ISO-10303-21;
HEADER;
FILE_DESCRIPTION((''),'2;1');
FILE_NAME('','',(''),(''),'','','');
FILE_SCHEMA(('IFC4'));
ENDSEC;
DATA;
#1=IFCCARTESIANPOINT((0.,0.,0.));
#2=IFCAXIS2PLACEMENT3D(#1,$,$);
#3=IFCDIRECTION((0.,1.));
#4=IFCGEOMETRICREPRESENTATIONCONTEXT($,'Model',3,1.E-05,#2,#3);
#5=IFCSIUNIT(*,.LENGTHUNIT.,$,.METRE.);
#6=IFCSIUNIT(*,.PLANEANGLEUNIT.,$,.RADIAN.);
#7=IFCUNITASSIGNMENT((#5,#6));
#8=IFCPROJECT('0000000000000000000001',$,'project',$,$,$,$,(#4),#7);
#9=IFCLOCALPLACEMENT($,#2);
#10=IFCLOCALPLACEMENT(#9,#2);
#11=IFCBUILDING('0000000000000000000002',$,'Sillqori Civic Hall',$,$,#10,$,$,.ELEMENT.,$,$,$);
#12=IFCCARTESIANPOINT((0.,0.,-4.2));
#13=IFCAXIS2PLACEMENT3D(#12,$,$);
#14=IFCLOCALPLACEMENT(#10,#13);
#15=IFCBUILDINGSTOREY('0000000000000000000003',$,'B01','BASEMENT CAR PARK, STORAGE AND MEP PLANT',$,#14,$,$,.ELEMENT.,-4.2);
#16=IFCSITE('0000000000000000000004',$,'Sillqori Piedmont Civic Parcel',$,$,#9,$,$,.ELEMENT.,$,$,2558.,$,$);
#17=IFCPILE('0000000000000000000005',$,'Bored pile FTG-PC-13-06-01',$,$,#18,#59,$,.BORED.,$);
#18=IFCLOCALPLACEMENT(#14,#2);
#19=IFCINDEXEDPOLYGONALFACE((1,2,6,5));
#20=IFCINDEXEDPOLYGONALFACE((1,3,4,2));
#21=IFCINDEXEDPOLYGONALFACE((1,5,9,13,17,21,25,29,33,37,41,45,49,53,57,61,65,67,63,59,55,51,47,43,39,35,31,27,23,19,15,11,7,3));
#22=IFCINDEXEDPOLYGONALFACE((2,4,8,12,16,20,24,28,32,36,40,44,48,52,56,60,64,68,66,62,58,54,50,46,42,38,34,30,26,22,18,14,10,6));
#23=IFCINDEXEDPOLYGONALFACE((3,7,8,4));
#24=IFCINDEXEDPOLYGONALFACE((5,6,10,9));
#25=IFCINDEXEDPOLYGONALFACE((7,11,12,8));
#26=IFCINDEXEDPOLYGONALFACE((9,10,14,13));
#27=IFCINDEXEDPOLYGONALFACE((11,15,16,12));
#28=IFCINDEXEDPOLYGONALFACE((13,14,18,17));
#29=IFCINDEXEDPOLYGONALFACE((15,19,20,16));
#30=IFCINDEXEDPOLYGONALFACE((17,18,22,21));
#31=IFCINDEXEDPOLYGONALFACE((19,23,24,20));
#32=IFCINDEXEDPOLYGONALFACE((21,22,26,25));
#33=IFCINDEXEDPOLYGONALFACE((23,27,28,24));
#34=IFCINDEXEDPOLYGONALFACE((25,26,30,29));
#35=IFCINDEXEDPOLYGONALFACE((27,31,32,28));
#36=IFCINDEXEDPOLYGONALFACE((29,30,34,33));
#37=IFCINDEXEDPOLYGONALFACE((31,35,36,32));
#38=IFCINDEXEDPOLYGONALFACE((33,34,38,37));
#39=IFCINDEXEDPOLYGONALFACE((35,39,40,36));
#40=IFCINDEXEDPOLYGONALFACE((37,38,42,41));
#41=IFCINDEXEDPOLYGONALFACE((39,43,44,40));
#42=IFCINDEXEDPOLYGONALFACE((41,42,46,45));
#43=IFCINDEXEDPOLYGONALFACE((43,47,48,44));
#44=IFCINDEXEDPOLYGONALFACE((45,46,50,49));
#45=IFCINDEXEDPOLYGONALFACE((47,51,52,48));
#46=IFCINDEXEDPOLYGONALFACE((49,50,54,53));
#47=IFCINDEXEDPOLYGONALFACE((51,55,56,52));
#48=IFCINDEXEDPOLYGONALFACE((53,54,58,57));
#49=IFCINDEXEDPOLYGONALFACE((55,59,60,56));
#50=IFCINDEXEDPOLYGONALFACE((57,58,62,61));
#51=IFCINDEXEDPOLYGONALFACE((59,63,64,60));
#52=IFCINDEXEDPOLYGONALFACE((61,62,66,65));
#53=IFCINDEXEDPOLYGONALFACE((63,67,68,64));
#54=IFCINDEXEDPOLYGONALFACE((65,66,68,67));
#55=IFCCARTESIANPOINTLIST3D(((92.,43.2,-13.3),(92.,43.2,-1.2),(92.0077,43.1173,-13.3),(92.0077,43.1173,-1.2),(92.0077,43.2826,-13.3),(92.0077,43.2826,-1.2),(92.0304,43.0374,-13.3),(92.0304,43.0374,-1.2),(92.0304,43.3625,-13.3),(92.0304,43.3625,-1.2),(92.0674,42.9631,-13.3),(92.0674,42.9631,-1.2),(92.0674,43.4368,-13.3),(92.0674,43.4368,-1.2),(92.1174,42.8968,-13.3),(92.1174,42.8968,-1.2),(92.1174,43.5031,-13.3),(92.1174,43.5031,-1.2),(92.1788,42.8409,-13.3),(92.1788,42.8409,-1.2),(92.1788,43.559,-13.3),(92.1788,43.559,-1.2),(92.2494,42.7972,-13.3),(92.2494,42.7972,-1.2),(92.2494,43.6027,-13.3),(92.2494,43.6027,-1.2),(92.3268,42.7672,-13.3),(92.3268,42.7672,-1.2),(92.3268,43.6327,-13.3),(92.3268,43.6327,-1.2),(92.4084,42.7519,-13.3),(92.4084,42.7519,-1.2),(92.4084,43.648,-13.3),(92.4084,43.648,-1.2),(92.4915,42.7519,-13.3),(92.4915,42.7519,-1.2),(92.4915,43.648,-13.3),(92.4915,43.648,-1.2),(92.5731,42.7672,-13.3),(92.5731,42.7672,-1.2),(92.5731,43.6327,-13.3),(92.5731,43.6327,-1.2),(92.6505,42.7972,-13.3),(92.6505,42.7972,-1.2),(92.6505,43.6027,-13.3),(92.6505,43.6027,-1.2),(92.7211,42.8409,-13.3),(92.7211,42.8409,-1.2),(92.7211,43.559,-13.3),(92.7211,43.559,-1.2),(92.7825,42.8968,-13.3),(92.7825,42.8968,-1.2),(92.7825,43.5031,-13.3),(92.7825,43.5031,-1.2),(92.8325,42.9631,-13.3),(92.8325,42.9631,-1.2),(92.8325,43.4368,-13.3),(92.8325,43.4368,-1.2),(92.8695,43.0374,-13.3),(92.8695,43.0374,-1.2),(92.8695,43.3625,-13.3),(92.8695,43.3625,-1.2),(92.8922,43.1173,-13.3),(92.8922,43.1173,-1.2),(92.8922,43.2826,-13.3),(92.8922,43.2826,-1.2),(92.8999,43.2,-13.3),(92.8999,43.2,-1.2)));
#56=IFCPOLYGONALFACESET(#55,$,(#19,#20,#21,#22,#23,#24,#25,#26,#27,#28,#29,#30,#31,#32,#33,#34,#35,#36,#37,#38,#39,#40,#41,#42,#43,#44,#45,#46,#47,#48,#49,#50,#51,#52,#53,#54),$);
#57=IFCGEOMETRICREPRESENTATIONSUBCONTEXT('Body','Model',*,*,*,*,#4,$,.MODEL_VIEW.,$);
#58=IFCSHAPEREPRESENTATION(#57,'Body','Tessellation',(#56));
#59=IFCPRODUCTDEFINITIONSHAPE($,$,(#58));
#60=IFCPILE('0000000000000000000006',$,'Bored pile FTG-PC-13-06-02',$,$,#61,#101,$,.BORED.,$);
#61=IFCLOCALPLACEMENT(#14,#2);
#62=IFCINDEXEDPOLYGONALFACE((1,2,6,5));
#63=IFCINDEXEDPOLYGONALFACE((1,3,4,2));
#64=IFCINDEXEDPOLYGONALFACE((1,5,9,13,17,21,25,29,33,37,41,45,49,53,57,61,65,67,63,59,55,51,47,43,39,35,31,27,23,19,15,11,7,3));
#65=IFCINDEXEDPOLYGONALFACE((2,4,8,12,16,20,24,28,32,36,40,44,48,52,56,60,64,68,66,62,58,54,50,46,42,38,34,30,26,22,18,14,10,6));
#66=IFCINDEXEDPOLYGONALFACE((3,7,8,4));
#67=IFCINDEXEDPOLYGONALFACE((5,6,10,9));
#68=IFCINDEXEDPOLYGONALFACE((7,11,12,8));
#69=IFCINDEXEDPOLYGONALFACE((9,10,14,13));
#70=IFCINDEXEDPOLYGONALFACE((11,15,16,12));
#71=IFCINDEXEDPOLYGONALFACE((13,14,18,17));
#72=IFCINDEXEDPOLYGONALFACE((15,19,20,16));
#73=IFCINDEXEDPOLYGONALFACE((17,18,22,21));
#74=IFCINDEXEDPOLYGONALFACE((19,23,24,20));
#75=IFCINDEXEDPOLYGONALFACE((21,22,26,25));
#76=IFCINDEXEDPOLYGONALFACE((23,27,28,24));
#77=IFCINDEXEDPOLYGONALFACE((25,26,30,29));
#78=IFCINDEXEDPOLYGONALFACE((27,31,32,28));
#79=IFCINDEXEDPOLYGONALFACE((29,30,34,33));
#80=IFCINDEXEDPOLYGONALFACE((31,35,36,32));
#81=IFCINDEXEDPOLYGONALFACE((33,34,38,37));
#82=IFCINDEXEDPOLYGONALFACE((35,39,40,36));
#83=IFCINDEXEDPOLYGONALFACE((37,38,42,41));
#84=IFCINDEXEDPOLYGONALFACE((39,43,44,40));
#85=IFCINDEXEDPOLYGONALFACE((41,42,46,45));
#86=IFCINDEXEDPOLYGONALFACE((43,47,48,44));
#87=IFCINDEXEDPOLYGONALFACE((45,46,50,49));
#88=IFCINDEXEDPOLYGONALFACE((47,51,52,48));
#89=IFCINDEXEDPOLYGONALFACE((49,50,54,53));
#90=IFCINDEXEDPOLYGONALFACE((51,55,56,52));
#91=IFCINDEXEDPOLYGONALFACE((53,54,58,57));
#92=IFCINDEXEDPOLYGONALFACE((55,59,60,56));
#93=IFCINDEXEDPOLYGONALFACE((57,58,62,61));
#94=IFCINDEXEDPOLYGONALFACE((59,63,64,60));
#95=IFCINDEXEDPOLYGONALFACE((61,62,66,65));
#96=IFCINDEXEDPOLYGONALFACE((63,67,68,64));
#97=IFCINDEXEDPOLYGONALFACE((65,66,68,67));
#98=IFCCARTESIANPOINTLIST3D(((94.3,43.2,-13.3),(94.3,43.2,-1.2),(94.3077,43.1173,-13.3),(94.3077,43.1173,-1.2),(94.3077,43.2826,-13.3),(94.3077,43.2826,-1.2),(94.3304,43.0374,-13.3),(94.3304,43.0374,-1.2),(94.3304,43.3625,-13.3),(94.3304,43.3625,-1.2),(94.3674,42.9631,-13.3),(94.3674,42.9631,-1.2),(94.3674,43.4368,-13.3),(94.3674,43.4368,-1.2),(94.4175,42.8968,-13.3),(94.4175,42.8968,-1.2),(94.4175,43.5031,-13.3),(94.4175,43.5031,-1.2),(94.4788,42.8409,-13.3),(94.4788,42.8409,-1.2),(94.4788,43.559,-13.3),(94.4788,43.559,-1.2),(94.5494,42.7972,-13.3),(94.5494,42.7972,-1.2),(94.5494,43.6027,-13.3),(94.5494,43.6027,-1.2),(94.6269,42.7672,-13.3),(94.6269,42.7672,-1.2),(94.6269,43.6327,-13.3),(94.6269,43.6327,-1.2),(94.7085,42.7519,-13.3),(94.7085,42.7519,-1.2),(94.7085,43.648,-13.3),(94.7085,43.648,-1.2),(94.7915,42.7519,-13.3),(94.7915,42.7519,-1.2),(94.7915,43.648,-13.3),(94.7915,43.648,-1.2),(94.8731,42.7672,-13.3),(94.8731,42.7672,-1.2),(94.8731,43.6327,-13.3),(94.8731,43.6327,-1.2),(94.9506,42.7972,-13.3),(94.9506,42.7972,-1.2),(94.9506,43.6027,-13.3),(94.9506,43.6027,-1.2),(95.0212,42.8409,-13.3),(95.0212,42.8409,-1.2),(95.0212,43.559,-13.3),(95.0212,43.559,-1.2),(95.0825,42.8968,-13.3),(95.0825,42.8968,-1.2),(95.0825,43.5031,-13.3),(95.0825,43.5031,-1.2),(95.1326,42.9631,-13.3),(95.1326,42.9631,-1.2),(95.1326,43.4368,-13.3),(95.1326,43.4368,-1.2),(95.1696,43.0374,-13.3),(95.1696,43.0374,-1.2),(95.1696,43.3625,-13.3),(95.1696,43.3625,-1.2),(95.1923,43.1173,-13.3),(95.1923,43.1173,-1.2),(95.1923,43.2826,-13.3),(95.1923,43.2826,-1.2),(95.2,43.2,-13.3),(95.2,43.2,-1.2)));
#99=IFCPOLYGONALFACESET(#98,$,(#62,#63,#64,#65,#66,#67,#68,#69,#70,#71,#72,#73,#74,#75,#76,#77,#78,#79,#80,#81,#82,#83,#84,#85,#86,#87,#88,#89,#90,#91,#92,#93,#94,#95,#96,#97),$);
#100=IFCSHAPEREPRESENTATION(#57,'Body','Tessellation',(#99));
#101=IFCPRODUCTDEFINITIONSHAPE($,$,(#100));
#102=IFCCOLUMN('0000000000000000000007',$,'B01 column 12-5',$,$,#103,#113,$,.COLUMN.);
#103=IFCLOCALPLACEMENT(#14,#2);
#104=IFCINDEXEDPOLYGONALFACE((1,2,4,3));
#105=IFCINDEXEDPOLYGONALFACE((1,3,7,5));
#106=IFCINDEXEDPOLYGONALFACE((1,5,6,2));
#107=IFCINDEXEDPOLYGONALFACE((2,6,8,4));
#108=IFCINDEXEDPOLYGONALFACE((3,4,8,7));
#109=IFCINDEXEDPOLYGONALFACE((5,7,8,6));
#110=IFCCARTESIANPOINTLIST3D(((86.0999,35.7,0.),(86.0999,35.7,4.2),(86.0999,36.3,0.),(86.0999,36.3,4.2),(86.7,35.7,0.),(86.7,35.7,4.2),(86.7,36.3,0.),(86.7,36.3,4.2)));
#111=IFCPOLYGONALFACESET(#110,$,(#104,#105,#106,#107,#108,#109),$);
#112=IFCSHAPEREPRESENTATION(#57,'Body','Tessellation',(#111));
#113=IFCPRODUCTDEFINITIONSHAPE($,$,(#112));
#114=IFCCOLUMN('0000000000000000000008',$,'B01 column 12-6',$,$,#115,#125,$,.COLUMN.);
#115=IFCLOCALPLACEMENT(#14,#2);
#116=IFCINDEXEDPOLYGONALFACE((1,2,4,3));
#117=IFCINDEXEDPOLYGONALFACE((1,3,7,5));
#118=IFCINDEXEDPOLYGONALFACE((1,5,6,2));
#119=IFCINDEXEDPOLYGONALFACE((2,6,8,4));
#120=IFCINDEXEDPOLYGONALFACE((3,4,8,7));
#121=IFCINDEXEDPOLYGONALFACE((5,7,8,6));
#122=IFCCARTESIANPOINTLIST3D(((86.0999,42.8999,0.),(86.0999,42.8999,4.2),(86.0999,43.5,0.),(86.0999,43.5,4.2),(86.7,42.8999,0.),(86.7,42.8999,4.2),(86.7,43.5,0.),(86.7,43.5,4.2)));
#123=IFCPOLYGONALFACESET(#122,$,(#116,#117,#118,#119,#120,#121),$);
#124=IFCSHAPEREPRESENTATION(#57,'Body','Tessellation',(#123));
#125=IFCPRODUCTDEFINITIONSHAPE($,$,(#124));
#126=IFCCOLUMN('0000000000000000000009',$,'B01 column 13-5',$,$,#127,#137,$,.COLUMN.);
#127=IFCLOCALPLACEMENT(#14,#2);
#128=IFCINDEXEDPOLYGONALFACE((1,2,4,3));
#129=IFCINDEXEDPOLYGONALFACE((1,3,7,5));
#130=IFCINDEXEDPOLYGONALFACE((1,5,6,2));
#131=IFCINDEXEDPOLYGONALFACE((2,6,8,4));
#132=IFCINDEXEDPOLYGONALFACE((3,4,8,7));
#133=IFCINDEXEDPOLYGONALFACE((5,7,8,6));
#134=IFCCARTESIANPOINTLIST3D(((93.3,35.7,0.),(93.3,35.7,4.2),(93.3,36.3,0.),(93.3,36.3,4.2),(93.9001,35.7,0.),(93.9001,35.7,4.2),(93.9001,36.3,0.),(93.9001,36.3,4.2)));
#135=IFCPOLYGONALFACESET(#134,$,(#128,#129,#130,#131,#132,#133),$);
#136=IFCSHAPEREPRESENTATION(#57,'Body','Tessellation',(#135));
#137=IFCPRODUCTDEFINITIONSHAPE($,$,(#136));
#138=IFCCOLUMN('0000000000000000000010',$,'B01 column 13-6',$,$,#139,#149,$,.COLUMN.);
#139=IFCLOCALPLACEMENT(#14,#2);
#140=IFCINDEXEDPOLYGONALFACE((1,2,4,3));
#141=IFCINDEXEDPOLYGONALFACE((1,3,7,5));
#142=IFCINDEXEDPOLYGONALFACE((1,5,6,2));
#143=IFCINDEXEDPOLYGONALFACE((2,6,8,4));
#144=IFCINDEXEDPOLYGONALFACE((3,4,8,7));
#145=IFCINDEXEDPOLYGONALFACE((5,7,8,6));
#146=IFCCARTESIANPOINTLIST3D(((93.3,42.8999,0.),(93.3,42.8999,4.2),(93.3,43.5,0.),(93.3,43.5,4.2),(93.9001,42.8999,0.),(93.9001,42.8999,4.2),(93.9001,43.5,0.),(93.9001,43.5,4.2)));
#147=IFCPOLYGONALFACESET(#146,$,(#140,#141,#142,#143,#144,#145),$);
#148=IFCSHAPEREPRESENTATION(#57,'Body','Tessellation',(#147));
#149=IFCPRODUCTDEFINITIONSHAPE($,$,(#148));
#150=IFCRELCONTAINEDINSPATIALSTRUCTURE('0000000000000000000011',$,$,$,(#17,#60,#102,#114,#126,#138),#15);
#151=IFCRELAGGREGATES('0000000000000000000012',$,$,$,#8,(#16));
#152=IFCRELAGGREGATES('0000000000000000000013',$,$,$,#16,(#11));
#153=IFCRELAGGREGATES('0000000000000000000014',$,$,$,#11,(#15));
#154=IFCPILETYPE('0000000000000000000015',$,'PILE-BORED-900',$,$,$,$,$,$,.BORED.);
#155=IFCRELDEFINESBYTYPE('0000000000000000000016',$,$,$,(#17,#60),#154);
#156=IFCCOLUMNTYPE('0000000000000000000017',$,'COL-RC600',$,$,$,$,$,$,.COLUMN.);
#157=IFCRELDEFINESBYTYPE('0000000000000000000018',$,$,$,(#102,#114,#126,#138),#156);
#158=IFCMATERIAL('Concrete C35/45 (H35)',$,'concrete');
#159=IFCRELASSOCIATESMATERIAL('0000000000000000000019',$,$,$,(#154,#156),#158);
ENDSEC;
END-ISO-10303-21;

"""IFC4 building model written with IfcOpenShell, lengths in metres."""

from ifc_helpers import new_model, si_unit, direction, frame, origin, origin_2d, place, context, subcontext, project, spatial, rectangle, circle, extrude, material, material_profile, profile_set, type_object, element, save


model = new_model("IFC4")

# Units and contexts
model_context = context("Model", 3, precision=1e-05, world=origin(), true_north=direction((0.0, 1.0)))
body_context = subcontext(model_context, "Body", "Model", "MODEL_VIEW")
ifc_project = project(units=[si_unit("LENGTHUNIT", "METRE"), si_unit("PLANEANGLEUNIT", "RADIAN")], contexts=[model_context])

# Site, building, storey
site_placement = place(None, origin())
site = spatial("IfcSite", under=ifc_project, at=site_placement, Name="Sillqori Piedmont Civic Parcel", CompositionType="ELEMENT", RefElevation=2558.0)
building_placement = place(site_placement, origin())
building = spatial("IfcBuilding", under=site, at=building_placement, Name="Sillqori Civic Hall", CompositionType="ELEMENT")
storey_placement = place(building_placement, frame((0.0, 0.0, -4.2)))
storey = spatial("IfcBuildingStorey", under=building, at=storey_placement, Name="B01", Description="BASEMENT CAR PARK, STORAGE AND MEP PLANT", CompositionType="ELEMENT", Elevation=-4.2)

# Shared definitions
ifc_material = material(Name="Concrete C35/45 (H35)", Category="concrete")

# Piles
ifc_material_profile_1 = material_profile(ifc_material, circle(Radius=0.45, at=origin_2d()), Name="BORED PILE 900")
ifc_profile_set_1 = profile_set([ifc_material_profile_1], Name="Concrete C35/45 (H35)")
pile_type = type_object("IfcPileType", Name="PILE-BORED-900", PredefinedType="BORED", material=ifc_profile_set_1)
for number, where, z_axis, x_axis, name in (
    (1, (92.45, 43.2, -1.2), (0.0, 0.0, -1.0), (1.0, 0.0, 0.0), "Bored pile FTG-PC-13-06-01"),
    (2, (94.75, 43.2, -1.2), (0.0, 0.0, -1.0), (1.0, 0.0, 0.0), "Bored pile FTG-PC-13-06-02"),
):
    element("IfcPile", number, at=place(storey_placement, frame(where, z_axis=z_axis, x_axis=x_axis)), inside=storey, type_object=pile_type, Name=name, PredefinedType="BORED", context=body_context, shape_type="SweptSolid", body=[
        extrude(circle(Radius=0.45, at=origin_2d()), origin(), (0.0, 0.0, 1.0), 12.1001),
    ])

# Columns
ifc_material_profile_2 = material_profile(ifc_material, rectangle(XDim=0.6001, YDim=0.6001, at=origin_2d()), Name="RC 600x600")
ifc_profile_set_2 = profile_set([ifc_material_profile_2], Name="Concrete C35/45 (H35)")
column_type = type_object("IfcColumnType", Name="COL-RC600", PredefinedType="COLUMN", material=ifc_profile_set_2)
for number, where, z_axis, x_axis, name in (
    (3, (86.3999, 36.0, 0.0), (0.0, 0.0, 1.0), (1.0, 0.0, 0.0), "B01 column 12-5"),
    (4, (86.3999, 43.2, 0.0), (0.0, 0.0, 1.0), (1.0, 0.0, 0.0), "B01 column 12-6"),
    (5, (93.6001, 36.0, 0.0), (0.0, 0.0, 1.0), (1.0, 0.0, 0.0), "B01 column 13-5"),
    (6, (93.6001, 43.2, 0.0), (0.0, 0.0, 1.0), (1.0, 0.0, 0.0), "B01 column 13-6"),
):
    element("IfcColumn", number, at=place(storey_placement, frame(where, z_axis=z_axis, x_axis=x_axis)), inside=storey, type_object=column_type, Name=name, PredefinedType="COLUMN", context=body_context, shape_type="SweptSolid", body=[
        extrude(rectangle(XDim=0.6001, YDim=0.6001, at=origin_2d()), origin(), (0.0, 0.0, 1.0), 4.2),
    ])

save(model, "model.ifc")
